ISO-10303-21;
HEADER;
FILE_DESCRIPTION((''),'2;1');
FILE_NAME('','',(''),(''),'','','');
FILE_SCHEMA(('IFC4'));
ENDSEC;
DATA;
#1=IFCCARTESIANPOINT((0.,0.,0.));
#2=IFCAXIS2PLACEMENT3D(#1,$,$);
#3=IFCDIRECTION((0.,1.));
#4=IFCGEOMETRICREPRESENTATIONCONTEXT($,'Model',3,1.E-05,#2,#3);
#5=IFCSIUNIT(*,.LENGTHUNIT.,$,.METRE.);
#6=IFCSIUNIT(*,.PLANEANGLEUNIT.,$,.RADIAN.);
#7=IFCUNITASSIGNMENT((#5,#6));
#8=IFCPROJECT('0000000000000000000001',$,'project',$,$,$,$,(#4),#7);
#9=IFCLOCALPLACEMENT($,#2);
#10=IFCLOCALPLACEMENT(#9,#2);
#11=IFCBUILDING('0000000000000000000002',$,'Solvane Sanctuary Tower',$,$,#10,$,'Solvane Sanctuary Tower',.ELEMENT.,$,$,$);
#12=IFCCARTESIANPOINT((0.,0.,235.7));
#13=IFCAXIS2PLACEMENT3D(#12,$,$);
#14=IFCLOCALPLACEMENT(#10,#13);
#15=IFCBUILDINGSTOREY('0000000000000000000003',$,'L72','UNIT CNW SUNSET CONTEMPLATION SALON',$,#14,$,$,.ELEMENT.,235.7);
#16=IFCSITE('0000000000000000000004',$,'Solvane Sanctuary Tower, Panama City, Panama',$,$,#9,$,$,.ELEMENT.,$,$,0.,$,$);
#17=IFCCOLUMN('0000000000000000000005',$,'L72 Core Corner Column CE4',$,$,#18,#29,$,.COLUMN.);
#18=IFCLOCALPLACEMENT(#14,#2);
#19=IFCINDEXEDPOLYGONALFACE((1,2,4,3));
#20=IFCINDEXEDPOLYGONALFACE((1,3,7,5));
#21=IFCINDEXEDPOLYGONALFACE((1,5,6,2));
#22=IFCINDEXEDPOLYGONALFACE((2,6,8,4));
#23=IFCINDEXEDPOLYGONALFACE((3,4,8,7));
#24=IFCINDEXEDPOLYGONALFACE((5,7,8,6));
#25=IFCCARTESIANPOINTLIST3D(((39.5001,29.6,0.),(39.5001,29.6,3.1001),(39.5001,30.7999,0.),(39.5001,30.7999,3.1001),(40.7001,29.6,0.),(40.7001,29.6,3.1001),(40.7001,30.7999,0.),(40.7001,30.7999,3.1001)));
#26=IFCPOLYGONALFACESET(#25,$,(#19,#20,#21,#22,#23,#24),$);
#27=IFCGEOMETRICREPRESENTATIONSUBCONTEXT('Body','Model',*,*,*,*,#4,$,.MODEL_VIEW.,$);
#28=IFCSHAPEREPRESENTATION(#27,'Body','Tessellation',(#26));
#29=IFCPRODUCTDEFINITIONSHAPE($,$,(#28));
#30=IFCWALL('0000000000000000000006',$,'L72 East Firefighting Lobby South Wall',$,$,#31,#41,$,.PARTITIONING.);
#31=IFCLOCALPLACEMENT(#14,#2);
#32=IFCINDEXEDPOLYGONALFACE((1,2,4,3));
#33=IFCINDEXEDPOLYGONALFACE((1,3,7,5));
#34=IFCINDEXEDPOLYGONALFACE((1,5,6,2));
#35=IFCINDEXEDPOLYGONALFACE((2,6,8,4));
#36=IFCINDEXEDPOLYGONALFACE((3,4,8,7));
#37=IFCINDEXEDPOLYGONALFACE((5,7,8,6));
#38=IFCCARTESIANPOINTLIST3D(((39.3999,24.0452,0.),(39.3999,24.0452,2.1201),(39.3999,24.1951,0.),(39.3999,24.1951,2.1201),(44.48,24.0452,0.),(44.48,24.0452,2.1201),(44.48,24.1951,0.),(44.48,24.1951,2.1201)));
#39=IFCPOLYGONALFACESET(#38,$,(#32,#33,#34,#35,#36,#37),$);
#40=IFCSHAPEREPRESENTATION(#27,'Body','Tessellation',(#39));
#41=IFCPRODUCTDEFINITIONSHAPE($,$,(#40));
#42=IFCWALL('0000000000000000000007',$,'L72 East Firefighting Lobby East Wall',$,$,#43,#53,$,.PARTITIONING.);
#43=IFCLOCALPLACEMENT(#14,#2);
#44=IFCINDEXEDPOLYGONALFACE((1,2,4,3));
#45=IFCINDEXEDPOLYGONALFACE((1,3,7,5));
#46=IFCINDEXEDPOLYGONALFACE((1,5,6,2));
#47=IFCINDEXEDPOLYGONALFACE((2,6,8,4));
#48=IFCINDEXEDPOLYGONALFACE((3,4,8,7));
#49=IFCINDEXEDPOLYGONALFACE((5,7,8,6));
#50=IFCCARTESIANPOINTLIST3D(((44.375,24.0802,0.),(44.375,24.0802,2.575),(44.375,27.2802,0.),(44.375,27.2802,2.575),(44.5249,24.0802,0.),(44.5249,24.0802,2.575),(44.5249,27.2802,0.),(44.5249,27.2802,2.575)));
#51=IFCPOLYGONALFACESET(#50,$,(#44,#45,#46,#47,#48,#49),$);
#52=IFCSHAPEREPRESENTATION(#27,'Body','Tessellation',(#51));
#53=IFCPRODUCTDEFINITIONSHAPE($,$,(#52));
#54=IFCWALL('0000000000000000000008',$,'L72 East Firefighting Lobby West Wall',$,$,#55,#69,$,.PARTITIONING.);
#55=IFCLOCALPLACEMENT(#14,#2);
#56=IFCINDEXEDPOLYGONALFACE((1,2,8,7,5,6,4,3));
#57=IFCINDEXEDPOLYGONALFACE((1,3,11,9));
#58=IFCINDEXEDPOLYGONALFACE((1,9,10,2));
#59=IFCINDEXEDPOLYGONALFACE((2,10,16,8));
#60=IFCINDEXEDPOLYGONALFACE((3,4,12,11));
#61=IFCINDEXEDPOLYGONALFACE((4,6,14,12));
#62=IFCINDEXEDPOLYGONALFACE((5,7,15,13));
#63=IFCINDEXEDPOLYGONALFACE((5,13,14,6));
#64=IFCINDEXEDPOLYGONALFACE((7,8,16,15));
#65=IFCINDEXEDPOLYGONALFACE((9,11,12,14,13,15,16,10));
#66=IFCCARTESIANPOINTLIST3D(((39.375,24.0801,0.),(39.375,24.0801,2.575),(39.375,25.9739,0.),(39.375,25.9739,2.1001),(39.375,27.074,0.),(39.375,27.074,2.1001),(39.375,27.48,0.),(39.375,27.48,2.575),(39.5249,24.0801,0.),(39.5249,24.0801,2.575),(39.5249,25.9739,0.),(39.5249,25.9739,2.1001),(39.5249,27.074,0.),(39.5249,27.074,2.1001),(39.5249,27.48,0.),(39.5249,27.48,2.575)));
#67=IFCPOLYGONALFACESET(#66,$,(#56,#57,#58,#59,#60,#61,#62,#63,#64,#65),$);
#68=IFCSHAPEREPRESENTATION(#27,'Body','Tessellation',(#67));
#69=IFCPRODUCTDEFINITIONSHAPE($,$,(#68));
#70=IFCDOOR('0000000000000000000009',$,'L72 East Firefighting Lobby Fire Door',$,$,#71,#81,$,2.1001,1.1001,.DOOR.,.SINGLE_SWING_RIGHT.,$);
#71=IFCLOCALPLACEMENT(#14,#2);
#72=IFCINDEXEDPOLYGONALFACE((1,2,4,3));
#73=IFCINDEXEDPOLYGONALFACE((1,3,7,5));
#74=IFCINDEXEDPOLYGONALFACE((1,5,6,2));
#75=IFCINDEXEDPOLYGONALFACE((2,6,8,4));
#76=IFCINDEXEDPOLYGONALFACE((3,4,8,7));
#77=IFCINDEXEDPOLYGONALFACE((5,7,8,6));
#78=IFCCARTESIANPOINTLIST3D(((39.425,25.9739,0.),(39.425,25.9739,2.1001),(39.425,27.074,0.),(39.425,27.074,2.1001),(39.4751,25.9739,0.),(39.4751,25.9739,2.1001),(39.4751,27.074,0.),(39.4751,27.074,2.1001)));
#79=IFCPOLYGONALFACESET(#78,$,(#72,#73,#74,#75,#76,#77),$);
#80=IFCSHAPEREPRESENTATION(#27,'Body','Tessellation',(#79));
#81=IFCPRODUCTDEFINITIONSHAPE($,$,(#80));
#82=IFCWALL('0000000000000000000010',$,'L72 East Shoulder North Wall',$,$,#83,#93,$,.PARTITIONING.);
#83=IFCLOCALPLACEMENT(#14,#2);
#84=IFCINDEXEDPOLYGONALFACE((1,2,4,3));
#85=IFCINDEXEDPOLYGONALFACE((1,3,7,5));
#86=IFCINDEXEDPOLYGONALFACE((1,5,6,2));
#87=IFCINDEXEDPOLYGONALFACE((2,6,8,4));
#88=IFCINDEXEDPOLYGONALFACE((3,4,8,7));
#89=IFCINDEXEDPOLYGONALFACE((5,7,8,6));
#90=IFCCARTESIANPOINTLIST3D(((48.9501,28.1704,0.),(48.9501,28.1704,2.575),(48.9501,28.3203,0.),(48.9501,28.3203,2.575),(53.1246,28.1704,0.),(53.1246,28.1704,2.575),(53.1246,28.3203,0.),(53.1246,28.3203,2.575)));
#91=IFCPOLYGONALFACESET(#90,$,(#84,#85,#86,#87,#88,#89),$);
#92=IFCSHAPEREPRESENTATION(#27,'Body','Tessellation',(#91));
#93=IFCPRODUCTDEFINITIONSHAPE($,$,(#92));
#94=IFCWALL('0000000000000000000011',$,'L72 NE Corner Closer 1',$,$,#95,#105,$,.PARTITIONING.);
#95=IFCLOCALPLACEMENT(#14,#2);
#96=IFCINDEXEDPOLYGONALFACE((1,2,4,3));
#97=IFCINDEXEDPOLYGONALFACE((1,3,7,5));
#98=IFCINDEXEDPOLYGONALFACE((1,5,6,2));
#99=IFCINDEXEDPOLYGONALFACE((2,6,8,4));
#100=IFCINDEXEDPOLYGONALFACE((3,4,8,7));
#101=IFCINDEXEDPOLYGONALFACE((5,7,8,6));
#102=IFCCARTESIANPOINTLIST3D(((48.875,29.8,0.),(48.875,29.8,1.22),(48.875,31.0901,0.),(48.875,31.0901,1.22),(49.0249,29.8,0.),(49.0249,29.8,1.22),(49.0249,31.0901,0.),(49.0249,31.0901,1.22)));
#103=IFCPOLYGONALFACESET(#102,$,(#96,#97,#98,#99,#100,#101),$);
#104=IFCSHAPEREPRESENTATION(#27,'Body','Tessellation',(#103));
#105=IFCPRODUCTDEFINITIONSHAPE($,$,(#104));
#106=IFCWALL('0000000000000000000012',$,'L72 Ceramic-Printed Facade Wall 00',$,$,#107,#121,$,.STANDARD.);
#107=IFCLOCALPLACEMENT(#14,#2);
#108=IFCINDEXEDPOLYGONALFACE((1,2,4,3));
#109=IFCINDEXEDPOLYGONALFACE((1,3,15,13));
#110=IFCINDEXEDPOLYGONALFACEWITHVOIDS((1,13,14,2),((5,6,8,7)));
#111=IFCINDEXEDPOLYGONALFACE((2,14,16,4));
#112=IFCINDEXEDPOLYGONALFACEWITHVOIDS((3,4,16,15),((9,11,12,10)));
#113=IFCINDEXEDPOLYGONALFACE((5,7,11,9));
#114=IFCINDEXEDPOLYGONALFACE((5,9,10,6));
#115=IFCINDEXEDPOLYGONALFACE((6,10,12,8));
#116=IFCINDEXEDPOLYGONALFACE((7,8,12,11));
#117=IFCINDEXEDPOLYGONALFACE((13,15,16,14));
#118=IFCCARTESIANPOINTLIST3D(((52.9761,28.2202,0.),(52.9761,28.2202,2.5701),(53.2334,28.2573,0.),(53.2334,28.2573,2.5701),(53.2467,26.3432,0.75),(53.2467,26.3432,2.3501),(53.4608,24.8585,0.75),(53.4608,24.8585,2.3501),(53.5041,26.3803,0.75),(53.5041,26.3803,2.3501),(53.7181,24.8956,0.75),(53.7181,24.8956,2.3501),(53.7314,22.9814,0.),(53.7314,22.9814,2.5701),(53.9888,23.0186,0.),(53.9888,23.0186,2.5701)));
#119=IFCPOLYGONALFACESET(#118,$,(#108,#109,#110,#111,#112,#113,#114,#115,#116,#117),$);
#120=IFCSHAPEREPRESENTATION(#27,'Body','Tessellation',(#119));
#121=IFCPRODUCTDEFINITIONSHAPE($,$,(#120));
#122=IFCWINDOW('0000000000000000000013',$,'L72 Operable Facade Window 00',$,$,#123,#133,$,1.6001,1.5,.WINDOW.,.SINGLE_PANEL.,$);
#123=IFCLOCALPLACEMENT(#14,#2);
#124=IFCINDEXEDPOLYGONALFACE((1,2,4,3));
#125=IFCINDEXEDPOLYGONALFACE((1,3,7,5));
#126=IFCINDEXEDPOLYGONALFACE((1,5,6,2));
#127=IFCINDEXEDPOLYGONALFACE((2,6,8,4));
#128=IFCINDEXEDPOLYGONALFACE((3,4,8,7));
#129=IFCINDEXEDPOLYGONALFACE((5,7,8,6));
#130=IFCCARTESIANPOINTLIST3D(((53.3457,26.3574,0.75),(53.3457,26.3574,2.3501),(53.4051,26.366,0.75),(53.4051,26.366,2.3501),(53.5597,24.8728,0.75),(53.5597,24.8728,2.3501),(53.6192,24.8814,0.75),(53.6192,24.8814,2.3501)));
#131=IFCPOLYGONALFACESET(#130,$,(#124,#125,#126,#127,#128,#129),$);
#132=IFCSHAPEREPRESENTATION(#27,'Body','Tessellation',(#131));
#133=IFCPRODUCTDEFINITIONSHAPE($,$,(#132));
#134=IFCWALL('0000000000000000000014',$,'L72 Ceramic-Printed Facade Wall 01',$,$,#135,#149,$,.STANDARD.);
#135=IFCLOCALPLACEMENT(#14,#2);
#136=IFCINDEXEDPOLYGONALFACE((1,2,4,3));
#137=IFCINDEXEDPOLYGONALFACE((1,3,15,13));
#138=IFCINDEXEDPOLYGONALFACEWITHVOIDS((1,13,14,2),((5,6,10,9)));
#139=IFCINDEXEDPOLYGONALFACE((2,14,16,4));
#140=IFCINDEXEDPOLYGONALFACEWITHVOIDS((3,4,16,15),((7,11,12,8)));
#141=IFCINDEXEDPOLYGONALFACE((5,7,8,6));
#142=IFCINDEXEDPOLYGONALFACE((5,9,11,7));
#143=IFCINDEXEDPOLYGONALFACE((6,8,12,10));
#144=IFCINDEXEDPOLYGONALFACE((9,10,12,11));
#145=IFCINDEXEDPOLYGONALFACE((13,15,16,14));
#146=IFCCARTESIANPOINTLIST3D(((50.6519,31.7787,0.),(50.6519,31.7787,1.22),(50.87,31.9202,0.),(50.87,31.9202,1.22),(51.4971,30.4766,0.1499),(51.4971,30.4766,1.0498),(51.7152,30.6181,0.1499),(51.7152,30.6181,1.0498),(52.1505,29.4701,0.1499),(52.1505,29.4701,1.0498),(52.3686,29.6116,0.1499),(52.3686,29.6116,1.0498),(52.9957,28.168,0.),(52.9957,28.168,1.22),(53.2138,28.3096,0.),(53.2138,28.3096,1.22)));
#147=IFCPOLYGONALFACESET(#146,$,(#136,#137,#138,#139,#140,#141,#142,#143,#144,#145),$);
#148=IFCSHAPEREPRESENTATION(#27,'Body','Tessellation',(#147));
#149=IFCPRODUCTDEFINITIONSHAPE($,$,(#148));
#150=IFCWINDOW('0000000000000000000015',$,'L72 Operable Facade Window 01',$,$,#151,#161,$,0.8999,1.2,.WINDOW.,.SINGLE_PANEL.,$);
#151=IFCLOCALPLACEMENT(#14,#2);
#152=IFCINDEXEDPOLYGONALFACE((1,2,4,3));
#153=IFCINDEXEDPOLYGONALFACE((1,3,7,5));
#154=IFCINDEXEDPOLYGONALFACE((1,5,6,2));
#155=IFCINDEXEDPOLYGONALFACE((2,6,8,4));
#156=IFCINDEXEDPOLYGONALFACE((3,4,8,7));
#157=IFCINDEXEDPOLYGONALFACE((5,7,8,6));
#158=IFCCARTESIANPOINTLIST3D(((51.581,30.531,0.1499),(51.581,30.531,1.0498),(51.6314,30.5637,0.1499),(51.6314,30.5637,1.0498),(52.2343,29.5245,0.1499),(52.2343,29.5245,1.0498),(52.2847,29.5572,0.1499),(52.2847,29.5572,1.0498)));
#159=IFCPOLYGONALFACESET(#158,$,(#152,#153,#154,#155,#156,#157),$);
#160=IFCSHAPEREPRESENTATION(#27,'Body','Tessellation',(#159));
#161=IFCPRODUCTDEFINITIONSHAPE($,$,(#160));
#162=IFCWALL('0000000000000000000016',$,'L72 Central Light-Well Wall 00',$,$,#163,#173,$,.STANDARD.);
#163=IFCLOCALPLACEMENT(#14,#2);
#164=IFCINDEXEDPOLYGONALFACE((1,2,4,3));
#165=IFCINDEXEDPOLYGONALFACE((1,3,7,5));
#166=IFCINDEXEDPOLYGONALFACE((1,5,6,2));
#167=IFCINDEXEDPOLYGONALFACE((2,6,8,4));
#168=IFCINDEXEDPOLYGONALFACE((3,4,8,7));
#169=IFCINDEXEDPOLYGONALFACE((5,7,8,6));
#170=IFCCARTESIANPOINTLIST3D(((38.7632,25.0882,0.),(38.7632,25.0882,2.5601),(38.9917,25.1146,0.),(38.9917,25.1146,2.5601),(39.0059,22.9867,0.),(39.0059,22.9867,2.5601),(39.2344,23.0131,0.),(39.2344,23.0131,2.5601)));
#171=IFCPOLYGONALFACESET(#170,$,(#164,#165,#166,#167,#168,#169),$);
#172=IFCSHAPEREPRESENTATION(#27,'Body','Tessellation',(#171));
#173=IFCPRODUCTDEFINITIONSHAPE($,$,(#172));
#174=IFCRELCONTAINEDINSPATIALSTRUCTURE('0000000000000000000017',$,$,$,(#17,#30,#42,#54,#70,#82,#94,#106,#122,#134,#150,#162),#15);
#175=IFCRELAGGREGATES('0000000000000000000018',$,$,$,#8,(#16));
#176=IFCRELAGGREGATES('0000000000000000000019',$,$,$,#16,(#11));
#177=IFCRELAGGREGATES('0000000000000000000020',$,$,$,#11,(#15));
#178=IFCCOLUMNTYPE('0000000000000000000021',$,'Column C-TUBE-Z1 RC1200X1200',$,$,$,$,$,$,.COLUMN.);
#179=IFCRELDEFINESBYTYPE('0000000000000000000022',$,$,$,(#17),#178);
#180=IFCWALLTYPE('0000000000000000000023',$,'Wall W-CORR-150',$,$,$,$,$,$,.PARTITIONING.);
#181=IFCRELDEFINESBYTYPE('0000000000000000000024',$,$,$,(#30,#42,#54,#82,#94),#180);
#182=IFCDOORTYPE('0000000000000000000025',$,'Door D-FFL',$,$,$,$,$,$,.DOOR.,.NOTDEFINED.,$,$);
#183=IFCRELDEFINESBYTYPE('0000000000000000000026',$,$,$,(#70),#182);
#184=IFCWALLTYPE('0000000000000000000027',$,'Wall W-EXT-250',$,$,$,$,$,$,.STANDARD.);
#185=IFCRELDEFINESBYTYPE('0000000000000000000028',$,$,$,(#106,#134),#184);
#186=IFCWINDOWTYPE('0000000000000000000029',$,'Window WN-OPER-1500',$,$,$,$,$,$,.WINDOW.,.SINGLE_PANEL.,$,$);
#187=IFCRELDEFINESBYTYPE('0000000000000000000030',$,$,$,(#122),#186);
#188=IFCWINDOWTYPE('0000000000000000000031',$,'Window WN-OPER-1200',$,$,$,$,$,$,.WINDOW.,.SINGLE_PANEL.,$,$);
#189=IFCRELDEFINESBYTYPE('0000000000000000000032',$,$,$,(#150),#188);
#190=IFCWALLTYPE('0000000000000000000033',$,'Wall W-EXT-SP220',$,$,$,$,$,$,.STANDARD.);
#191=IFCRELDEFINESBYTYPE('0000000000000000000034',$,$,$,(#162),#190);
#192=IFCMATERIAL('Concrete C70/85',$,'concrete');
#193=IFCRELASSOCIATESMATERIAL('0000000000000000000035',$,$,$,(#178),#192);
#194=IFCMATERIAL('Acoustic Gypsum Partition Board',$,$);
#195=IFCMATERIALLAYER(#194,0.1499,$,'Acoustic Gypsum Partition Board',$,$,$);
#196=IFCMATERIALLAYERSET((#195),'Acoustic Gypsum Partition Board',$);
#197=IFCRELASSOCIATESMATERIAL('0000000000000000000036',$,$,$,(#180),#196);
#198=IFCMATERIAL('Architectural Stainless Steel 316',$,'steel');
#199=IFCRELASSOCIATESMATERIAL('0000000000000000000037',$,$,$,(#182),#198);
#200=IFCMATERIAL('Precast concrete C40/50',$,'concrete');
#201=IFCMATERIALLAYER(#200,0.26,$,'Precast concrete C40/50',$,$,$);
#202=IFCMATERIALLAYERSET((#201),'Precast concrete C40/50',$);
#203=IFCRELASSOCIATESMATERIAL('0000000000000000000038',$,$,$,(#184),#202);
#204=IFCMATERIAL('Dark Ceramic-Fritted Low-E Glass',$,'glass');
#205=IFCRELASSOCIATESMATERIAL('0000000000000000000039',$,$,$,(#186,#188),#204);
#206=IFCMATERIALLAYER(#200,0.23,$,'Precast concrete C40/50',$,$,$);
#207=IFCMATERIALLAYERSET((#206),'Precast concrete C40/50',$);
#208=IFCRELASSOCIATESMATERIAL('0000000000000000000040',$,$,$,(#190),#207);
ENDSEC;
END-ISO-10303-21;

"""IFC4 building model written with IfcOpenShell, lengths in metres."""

from ifc_helpers import new_model, si_unit, direction, frame, frame_2d, origin, origin_2d, place, context, subcontext, project, spatial, rectangle, extrude, material, layer, layer_set, material_profile, profile_set, type_object, element, fill, save


model = new_model("IFC4")

# Units and contexts
model_context = context("Model", 3, precision=1e-05, world=origin(), true_north=direction((0.0, 1.0)))
body_context = subcontext(model_context, "Body", "Model", "MODEL_VIEW")
ifc_project = project(units=[si_unit("LENGTHUNIT", "METRE"), si_unit("PLANEANGLEUNIT", "RADIAN")], contexts=[model_context])

# Site, building, storey
site_placement = place(None, origin())
site = spatial("IfcSite", under=ifc_project, at=site_placement, Name="Solvane Sanctuary Tower, Panama City, Panama", CompositionType="ELEMENT", RefElevation=0.0)
building_placement = place(site_placement, origin())
building = spatial("IfcBuilding", under=site, at=building_placement, Name="Solvane Sanctuary Tower", LongName="Solvane Sanctuary Tower", CompositionType="ELEMENT")
storey_placement = place(building_placement, frame((0.0, 0.0, 235.7)))
storey = spatial("IfcBuildingStorey", under=building, at=storey_placement, Name="L72", Description="UNIT CNW SUNSET CONTEMPLATION SALON", CompositionType="ELEMENT", Elevation=235.7)

# Column
ifc_material_1 = material(Name="Concrete C70/85", Category="concrete")
ifc_material_profile = material_profile(ifc_material_1, rectangle(XDim=1.2, YDim=1.2, at=origin_2d()), Name="RC1200X1200")
ifc_profile_set = profile_set([ifc_material_profile], Name="Concrete C70/85")
column_type = type_object("IfcColumnType", Name="Column C-TUBE-Z1 RC1200X1200", PredefinedType="COLUMN", material=ifc_profile_set)
column_placement = place(storey_placement, frame((40.1001, 30.2, 0.0), z_axis=(0.0, 0.0, 1.0), x_axis=(1.0, 0.0, 0.0)))
element("IfcColumn", 1, at=column_placement, inside=storey, type_object=column_type, Name="L72 Core Corner Column CE4", PredefinedType="COLUMN", context=body_context, shape_type="SweptSolid", body=[
    extrude(rectangle(XDim=1.2, YDim=1.2, at=origin_2d()), origin(), (0.0, 0.0, 1.0), 3.1001),
])

# Walls
ifc_material_2 = material(Name="Acoustic Gypsum Partition Board")
ifc_layer_1 = layer(ifc_material_2, 0.1499, Name="Acoustic Gypsum Partition Board")
ifc_layer_set_1 = layer_set([ifc_layer_1], Name="Acoustic Gypsum Partition Board")
wall_type_1 = type_object("IfcWallType", Name="Wall W-CORR-150", PredefinedType="PARTITIONING", material=ifc_layer_set_1)
wall_1_placement = place(storey_placement, frame((39.3999, 24.1201, 0.0), z_axis=(0.0, 0.0, 1.0), x_axis=(1.0, 0.0, 0.0)))
element("IfcWall", 2, at=wall_1_placement, inside=storey, type_object=wall_type_1, Name="L72 East Firefighting Lobby South Wall", PredefinedType="PARTITIONING", context=body_context, shape_type="SweptSolid", body=[
    extrude(rectangle(XDim=5.0801, YDim=0.1499, at=frame_2d((2.54, 0.0))), origin(), (0.0, 0.0, 1.0), 2.1201),
])
wall_2_placement = place(storey_placement, frame((44.45, 24.0801, 0.0), z_axis=(0.0, 0.0, 1.0), x_axis=(0.0, 1.0, 0.0)))
element("IfcWall", 3, at=wall_2_placement, inside=storey, type_object=wall_type_1, Name="L72 East Firefighting Lobby East Wall", PredefinedType="PARTITIONING", context=body_context, shape_type="SweptSolid", body=[
    extrude(rectangle(XDim=3.2, YDim=0.1499, at=frame_2d((1.6001, 0.0))), origin(), (0.0, 0.0, 1.0), 2.575),
])

# Wall, opening, door
wall_3_placement = place(storey_placement, frame((39.45, 24.0801, 0.0), z_axis=(0.0, 0.0, 1.0), x_axis=(0.0, 1.0, 0.0)))
wall_3 = element("IfcWall", 4, at=wall_3_placement, inside=storey, type_object=wall_type_1, Name="L72 East Firefighting Lobby West Wall", PredefinedType="PARTITIONING", context=body_context, shape_type="SweptSolid", body=[
    extrude(rectangle(XDim=3.3999, YDim=0.1499, at=frame_2d((1.7, 0.0))), origin(), (0.0, 0.0, 1.0), 2.575),
])
opening_1_placement = place(wall_3_placement, frame((1.8938, 0.0, 0.0)))
opening_1 = element("IfcOpeningElement", 5, at=opening_1_placement, cuts=wall_3, PredefinedType="OPENING", context=body_context, shape_type="SweptSolid", body=[
    extrude(rectangle(XDim=1.1001, YDim=2.1001, at=frame_2d((0.55, 1.05))), frame((0.0, 0.085, 0.0), z_axis=(0.0, -1.0, 0.0), x_axis=(1.0, 0.0, 0.0)), (0.0, 0.0, 1.0), 0.1699),
])
ifc_material_3 = material(Name="Architectural Stainless Steel 316", Category="steel")
door_type_1 = type_object("IfcDoorType", Name="Door D-FFL", OperationType="NOTDEFINED", PredefinedType="DOOR", material=ifc_material_3)
door_1_placement = place(opening_1_placement, origin())
door_1 = element("IfcDoor", 6, at=door_1_placement, inside=storey, type_object=door_type_1, Name="L72 East Firefighting Lobby Fire Door", OperationType="SINGLE_SWING_RIGHT", OverallHeight=2.1001, OverallWidth=1.1001, PredefinedType="DOOR", context=body_context, shape_type="SweptSolid", body=[
    extrude(rectangle(XDim=1.1001, YDim=2.1001, at=frame_2d((0.55, 1.05))), frame((0.0, 0.0249, 0.0), z_axis=(0.0, -1.0, 0.0), x_axis=(1.0, 0.0, 0.0)), (0.0, 0.0, 1.0), 0.05),
])
fill(opening_1, door_1)

# Walls
wall_4_placement = place(storey_placement, frame((48.95, 28.2454, 0.0), z_axis=(0.0, 0.0, 1.0), x_axis=(1.0, 0.0, 0.0)))
element("IfcWall", 7, at=wall_4_placement, inside=storey, type_object=wall_type_1, Name="L72 East Shoulder North Wall", PredefinedType="PARTITIONING", context=body_context, shape_type="SweptSolid", body=[
    extrude(rectangle(XDim=4.1746, YDim=0.1499, at=frame_2d((2.0874, 0.0))), origin(), (0.0, 0.0, 1.0), 2.575),
])
wall_5_placement = place(storey_placement, frame((48.95, 29.8, 0.0), z_axis=(0.0, 0.0, 1.0), x_axis=(0.0, 1.0, 0.0)))
element("IfcWall", 8, at=wall_5_placement, inside=storey, type_object=wall_type_1, Name="L72 NE Corner Closer 1", PredefinedType="PARTITIONING", context=body_context, shape_type="SweptSolid", body=[
    extrude(rectangle(XDim=1.29, YDim=0.1499, at=frame_2d((0.645, 0.0))), origin(), (0.0, 0.0, 1.0), 1.22),
])

# Walls, openings, windows
ifc_material_4 = material(Name="Precast concrete C40/50", Category="concrete")
ifc_layer_2 = layer(ifc_material_4, 0.26, Name="Precast concrete C40/50")
ifc_layer_set_2 = layer_set([ifc_layer_2], Name="Precast concrete C40/50")
wall_type_2 = type_object("IfcWallType", Name="Wall W-EXT-250", PredefinedType="STANDARD", material=ifc_layer_set_2)
wall_6_placement = place(storey_placement, frame((53.8601, 23.0, 0.0), z_axis=(0.0, 0.0, 1.0), x_axis=(-0.142713, 0.989764, 0.0)))
wall_6 = element("IfcWall", 9, at=wall_6_placement, inside=storey, type_object=wall_type_2, Name="L72 Ceramic-Printed Facade Wall 00", PredefinedType="STANDARD", context=body_context, shape_type="SweptSolid", body=[
    extrude(rectangle(XDim=5.293, YDim=0.26, at=frame_2d((2.6465, 0.0))), origin(), (0.0, 0.0, 1.0), 2.5701),
])
opening_2_placement = place(wall_6_placement, frame((1.8965, 0.0, 0.75)))
opening_2 = element("IfcOpeningElement", 10, at=opening_2_placement, cuts=wall_6, PredefinedType="OPENING", context=body_context, shape_type="SweptSolid", body=[
    extrude(rectangle(XDim=1.5, YDim=1.6001, at=frame_2d((0.75, 0.8))), frame((0.0, 0.1399, 0.0), z_axis=(0.0, -1.0, 0.0), x_axis=(1.0, 0.0, 0.0)), (0.0, 0.0, 1.0), 0.28),
])
ifc_material_5 = material(Name="Dark Ceramic-Fritted Low-E Glass", Category="glass")
window_type_1 = type_object("IfcWindowType", Name="Window WN-OPER-1500", PartitioningType="SINGLE_PANEL", PredefinedType="WINDOW", material=ifc_material_5)
window_1_placement = place(opening_2_placement, origin())
window_1 = element("IfcWindow", 11, at=window_1_placement, inside=storey, type_object=window_type_1, Name="L72 Operable Facade Window 00", OverallHeight=1.6001, OverallWidth=1.5, PartitioningType="SINGLE_PANEL", PredefinedType="WINDOW", context=body_context, shape_type="SweptSolid", body=[
    extrude(rectangle(XDim=1.5, YDim=1.6001, at=frame_2d((0.75, 0.8))), frame((0.0, 0.03, 0.0), z_axis=(0.0, -1.0, 0.0), x_axis=(1.0, 0.0, 0.0)), (0.0, 0.0, 1.0), 0.0601),
])
fill(opening_2, window_1)
wall_7_placement = place(storey_placement, frame((53.1047, 28.2388, 0.0), z_axis=(0.0, 0.0, 1.0), x_axis=(-0.544476, 0.838776, 0.0)))
wall_7 = element("IfcWall", 12, at=wall_7_placement, inside=storey, type_object=wall_type_2, Name="L72 Ceramic-Printed Facade Wall 01", PredefinedType="STANDARD", context=body_context, shape_type="SweptSolid", body=[
    extrude(rectangle(XDim=4.3047, YDim=0.26, at=frame_2d((2.1523, 0.0))), origin(), (0.0, 0.0, 1.0), 1.22),
])
opening_3_placement = place(wall_7_placement, frame((1.5522, 0.0, 0.1499)))
opening_3 = element("IfcOpeningElement", 13, at=opening_3_placement, cuts=wall_7, PredefinedType="OPENING", context=body_context, shape_type="SweptSolid", body=[
    extrude(rectangle(XDim=1.2, YDim=0.8999, at=frame_2d((0.6001, 0.45))), frame((0.0, 0.1399, 0.0), z_axis=(0.0, -1.0, 0.0), x_axis=(1.0, 0.0, 0.0)), (0.0, 0.0, 1.0), 0.28),
])
window_type_2 = type_object("IfcWindowType", Name="Window WN-OPER-1200", PartitioningType="SINGLE_PANEL", PredefinedType="WINDOW", material=ifc_material_5)
window_2_placement = place(opening_3_placement, origin())
window_2 = element("IfcWindow", 14, at=window_2_placement, inside=storey, type_object=window_type_2, Name="L72 Operable Facade Window 01", OverallHeight=0.8999, OverallWidth=1.2, PartitioningType="SINGLE_PANEL", PredefinedType="WINDOW", context=body_context, shape_type="SweptSolid", body=[
    extrude(rectangle(XDim=1.2, YDim=0.8999, at=frame_2d((0.6001, 0.45))), frame((0.0, 0.03, 0.0), z_axis=(0.0, -1.0, 0.0), x_axis=(1.0, 0.0, 0.0)), (0.0, 0.0, 1.0), 0.0601),
])
fill(opening_3, window_2)

# Wall
ifc_layer_3 = layer(ifc_material_4, 0.23, Name="Precast concrete C40/50")
ifc_layer_set_3 = layer_set([ifc_layer_3], Name="Precast concrete C40/50")
wall_type_3 = type_object("IfcWallType", Name="Wall W-EXT-SP220", PredefinedType="STANDARD", material=ifc_layer_set_3)
wall_8_placement = place(storey_placement, frame((39.1201, 23.0, 0.0), z_axis=(0.0, 0.0, 1.0), x_axis=(-0.114712, 0.993399, 0.0)))
element("IfcWall", 15, at=wall_8_placement, inside=storey, type_object=wall_type_3, Name="L72 Central Light-Well Wall 00", PredefinedType="STANDARD", context=body_context, shape_type="SweptSolid", body=[
    extrude(rectangle(XDim=2.1155, YDim=0.23, at=frame_2d((1.0576, 0.0))), origin(), (0.0, 0.0, 1.0), 2.5601),
])

save(model, "model.ifc")
